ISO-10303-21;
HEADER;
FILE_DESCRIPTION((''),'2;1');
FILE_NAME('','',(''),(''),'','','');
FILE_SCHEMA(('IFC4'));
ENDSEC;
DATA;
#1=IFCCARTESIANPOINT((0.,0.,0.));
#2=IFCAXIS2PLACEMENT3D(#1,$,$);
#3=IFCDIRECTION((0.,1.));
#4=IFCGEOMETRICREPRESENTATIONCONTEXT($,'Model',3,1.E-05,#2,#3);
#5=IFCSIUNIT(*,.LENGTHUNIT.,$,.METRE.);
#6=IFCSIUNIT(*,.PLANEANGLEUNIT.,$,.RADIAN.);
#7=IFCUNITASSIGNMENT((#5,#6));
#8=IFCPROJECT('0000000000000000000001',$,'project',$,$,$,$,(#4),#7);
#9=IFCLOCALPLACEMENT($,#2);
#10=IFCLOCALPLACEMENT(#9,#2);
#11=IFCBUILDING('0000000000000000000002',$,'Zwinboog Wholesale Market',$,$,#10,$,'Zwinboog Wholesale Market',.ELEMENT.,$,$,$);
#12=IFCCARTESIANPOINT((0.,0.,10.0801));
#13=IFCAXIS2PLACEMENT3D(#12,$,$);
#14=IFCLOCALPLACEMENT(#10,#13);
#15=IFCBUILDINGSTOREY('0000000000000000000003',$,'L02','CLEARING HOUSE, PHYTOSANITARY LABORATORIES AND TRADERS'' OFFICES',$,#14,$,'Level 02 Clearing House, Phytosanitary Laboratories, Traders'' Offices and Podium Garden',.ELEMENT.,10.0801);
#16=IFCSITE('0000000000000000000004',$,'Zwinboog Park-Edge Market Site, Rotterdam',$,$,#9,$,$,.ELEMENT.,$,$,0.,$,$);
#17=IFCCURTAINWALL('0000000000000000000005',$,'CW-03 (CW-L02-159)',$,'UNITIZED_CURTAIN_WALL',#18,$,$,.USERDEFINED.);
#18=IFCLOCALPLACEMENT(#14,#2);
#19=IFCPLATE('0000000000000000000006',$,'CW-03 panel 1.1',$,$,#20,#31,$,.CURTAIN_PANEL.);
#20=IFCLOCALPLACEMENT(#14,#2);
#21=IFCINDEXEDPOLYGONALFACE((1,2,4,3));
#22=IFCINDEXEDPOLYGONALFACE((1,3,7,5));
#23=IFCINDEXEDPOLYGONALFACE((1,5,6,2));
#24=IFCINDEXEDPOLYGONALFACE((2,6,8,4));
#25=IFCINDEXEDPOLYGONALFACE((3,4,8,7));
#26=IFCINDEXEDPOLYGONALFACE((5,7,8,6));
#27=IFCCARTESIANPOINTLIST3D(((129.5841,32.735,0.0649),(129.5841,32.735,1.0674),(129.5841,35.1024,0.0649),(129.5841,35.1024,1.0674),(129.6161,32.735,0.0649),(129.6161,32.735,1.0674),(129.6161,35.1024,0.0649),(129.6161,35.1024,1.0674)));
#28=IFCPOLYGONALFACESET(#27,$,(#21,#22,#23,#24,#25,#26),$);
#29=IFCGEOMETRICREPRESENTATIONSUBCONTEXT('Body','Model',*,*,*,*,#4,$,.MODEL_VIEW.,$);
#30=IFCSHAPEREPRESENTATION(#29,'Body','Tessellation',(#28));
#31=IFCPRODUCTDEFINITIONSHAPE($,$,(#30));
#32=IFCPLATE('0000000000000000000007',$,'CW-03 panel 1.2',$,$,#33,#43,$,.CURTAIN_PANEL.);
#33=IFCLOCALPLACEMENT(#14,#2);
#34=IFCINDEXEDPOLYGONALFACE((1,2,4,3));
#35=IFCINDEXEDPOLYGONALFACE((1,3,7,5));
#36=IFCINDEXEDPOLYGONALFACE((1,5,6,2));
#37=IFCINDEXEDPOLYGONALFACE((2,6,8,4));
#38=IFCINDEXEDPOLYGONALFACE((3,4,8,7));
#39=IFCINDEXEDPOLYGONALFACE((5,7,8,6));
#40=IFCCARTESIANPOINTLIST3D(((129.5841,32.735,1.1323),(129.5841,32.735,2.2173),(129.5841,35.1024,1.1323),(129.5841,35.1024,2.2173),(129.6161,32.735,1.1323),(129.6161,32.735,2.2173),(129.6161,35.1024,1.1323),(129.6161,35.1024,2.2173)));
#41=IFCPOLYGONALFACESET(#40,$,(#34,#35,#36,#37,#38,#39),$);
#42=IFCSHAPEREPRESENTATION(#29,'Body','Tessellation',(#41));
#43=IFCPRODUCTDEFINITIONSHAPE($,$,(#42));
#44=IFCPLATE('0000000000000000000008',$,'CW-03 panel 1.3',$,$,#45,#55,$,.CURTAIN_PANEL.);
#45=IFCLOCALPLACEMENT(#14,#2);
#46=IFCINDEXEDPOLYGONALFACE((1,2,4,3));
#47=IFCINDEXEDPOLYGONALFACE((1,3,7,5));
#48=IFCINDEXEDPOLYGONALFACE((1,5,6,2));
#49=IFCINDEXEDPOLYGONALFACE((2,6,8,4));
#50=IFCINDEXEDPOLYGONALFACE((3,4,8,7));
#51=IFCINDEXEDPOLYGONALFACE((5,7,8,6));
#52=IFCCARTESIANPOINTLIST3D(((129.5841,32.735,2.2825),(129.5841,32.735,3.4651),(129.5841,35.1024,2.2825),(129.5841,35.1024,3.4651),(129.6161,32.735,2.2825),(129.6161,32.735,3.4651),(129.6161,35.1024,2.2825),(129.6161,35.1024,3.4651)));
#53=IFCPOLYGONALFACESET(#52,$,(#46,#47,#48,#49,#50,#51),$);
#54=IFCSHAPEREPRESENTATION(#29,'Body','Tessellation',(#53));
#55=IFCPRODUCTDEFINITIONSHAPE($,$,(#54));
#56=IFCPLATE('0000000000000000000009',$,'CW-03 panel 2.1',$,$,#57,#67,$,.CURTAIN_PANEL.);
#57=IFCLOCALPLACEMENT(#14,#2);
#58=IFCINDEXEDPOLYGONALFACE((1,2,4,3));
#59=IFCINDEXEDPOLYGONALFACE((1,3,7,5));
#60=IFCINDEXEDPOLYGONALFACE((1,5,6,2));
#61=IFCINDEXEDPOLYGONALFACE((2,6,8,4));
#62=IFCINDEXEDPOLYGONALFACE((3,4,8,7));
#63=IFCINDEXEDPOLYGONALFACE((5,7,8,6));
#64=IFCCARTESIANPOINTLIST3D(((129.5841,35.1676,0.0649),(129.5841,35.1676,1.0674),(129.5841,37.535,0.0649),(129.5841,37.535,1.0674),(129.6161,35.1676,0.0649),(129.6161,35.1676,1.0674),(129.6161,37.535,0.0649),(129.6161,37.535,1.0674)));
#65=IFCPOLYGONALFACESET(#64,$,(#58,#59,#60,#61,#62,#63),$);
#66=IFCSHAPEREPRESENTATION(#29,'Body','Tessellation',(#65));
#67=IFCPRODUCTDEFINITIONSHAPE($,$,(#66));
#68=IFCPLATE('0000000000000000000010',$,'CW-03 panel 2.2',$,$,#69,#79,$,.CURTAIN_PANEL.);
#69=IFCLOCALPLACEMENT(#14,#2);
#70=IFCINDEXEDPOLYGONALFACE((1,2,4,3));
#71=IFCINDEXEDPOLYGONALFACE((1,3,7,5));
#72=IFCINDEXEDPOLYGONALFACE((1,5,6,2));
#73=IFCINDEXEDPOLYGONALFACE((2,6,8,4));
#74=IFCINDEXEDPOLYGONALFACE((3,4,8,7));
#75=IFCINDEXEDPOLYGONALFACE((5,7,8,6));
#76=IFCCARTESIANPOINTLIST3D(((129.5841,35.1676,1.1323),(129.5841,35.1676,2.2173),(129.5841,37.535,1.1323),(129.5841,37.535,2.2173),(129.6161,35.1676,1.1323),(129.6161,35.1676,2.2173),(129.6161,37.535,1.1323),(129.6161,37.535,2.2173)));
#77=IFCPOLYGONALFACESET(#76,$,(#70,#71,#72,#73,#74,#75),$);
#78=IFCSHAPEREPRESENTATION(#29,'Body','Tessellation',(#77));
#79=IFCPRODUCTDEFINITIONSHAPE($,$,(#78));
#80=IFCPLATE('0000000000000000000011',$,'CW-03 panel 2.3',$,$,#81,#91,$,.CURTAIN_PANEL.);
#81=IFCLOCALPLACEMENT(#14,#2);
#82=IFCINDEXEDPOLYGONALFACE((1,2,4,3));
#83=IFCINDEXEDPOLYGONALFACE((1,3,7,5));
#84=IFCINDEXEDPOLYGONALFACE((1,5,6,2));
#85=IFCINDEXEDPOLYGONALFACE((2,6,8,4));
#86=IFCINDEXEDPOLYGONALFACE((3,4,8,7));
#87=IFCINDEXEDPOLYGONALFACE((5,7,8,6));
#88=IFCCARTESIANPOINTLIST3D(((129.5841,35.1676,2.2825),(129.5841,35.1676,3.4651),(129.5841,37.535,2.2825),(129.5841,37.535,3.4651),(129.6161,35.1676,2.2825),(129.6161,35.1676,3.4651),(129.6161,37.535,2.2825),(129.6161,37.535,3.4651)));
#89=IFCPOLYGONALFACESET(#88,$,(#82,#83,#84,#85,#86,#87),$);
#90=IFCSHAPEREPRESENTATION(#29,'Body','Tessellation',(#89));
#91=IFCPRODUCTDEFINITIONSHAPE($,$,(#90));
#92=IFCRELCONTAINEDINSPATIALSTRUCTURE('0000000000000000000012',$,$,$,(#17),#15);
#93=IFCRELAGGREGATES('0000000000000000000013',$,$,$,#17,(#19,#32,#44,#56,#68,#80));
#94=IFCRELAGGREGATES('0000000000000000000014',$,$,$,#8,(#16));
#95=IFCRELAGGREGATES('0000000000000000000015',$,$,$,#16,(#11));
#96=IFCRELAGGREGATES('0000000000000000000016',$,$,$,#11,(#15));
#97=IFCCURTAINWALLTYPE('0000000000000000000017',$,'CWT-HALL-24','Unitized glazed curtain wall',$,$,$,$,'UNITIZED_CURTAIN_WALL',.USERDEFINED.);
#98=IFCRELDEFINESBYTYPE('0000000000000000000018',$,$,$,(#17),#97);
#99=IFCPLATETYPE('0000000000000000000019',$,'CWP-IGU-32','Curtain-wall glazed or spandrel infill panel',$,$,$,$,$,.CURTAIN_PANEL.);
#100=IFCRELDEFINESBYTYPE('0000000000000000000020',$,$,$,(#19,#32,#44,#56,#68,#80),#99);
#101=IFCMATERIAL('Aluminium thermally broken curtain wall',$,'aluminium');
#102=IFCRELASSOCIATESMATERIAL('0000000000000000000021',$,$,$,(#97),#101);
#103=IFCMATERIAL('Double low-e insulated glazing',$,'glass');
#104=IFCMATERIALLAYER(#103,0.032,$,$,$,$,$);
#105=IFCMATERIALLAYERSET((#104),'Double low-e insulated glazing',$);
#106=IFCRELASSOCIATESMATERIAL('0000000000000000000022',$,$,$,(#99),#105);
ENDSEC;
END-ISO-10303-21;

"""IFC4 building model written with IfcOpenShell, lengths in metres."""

from ifc_helpers import new_model, si_unit, direction, frame, origin, origin_2d, place, context, subcontext, project, spatial, rectangle, extrude, material, layer, layer_set, type_object, element, aggregate, save


model = new_model("IFC4")

# Units and contexts
model_context = context("Model", 3, precision=1e-05, world=origin(), true_north=direction((0.0, 1.0)))
body_context = subcontext(model_context, "Body", "Model", "MODEL_VIEW")
ifc_project = project(units=[si_unit("LENGTHUNIT", "METRE"), si_unit("PLANEANGLEUNIT", "RADIAN")], contexts=[model_context])

# Site, building, storey
site_placement = place(None, origin())
site = spatial("IfcSite", under=ifc_project, at=site_placement, Name="Zwinboog Park-Edge Market Site, Rotterdam", CompositionType="ELEMENT", RefElevation=0.0)
building_placement = place(site_placement, origin())
building = spatial("IfcBuilding", under=site, at=building_placement, Name="Zwinboog Wholesale Market", LongName="Zwinboog Wholesale Market", CompositionType="ELEMENT")
storey_placement = place(building_placement, frame((0.0, 0.0, 10.0801)))
storey = spatial("IfcBuildingStorey", under=building, at=storey_placement, Name="L02", Description="CLEARING HOUSE, PHYTOSANITARY LABORATORIES AND TRADERS' OFFICES", LongName="Level 02 Clearing House, Phytosanitary Laboratories, Traders' Offices and Podium Garden", CompositionType="ELEMENT", Elevation=10.0801)

# Curtain wall
ifc_material_1 = material(Name="Aluminium thermally broken curtain wall", Category="aluminium")
curtain_wall_type_1 = type_object("IfcCurtainWallType", Name="CWT-HALL-24", Description="Unitized glazed curtain wall", ElementType="UNITIZED_CURTAIN_WALL", PredefinedType="USERDEFINED", material=ifc_material_1)
curtain_wall_1_placement = place(storey_placement, origin())
curtain_wall_1 = element("IfcCurtainWall", 1, at=curtain_wall_1_placement, inside=storey, type_object=curtain_wall_type_1, Name="CW-03 (CW-L02-159)", ObjectType="UNITIZED_CURTAIN_WALL", PredefinedType="USERDEFINED")

# Plates
ifc_material_2 = material(Name="Double low-e insulated glazing", Category="glass")
ifc_layer = layer(ifc_material_2, 0.032)
ifc_layer_set = layer_set([ifc_layer], Name="Double low-e insulated glazing")
plate_type = type_object("IfcPlateType", Name="CWP-IGU-32", Description="Curtain-wall glazed or spandrel infill panel", PredefinedType="CURTAIN_PANEL", material=ifc_layer_set)
plate_1_placement = place(storey_placement, frame((129.6001, 33.9187, 0.0649), z_axis=(0.0, 0.0, 1.0), x_axis=(0.0, 1.0, 0.0)))
plate_1 = element("IfcPlate", 2, at=plate_1_placement, type_object=plate_type, Name="CW-03 panel 1.1", PredefinedType="CURTAIN_PANEL", context=body_context, shape_type="SweptSolid", body=[
    extrude(rectangle(XDim=2.3674, YDim=0.032, at=origin_2d()), origin(), (0.0, 0.0, 1.0), 1.0024),
])
plate_2_placement = place(storey_placement, frame((129.6001, 33.9187, 1.1323), z_axis=(0.0, 0.0, 1.0), x_axis=(0.0, 1.0, 0.0)))
plate_2 = element("IfcPlate", 3, at=plate_2_placement, type_object=plate_type, Name="CW-03 panel 1.2", PredefinedType="CURTAIN_PANEL", context=body_context, shape_type="SweptSolid", body=[
    extrude(rectangle(XDim=2.3674, YDim=0.032, at=origin_2d()), origin(), (0.0, 0.0, 1.0), 1.085),
])
plate_3_placement = place(storey_placement, frame((129.6001, 33.9187, 2.2825), z_axis=(0.0, 0.0, 1.0), x_axis=(0.0, 1.0, 0.0)))
plate_3 = element("IfcPlate", 4, at=plate_3_placement, type_object=plate_type, Name="CW-03 panel 1.3", PredefinedType="CURTAIN_PANEL", context=body_context, shape_type="SweptSolid", body=[
    extrude(rectangle(XDim=2.3674, YDim=0.032, at=origin_2d()), origin(), (0.0, 0.0, 1.0), 1.1826),
])
plate_4_placement = place(storey_placement, frame((129.6001, 36.3513, 0.0649), z_axis=(0.0, 0.0, 1.0), x_axis=(0.0, 1.0, 0.0)))
plate_4 = element("IfcPlate", 5, at=plate_4_placement, type_object=plate_type, Name="CW-03 panel 2.1", PredefinedType="CURTAIN_PANEL", context=body_context, shape_type="SweptSolid", body=[
    extrude(rectangle(XDim=2.3674, YDim=0.032, at=origin_2d()), origin(), (0.0, 0.0, 1.0), 1.0024),
])
plate_5_placement = place(storey_placement, frame((129.6001, 36.3513, 1.1323), z_axis=(0.0, 0.0, 1.0), x_axis=(0.0, 1.0, 0.0)))
plate_5 = element("IfcPlate", 6, at=plate_5_placement, type_object=plate_type, Name="CW-03 panel 2.2", PredefinedType="CURTAIN_PANEL", context=body_context, shape_type="SweptSolid", body=[
    extrude(rectangle(XDim=2.3674, YDim=0.032, at=origin_2d()), origin(), (0.0, 0.0, 1.0), 1.085),
])
plate_6_placement = place(storey_placement, frame((129.6001, 36.3513, 2.2825), z_axis=(0.0, 0.0, 1.0), x_axis=(0.0, 1.0, 0.0)))
plate_6 = element("IfcPlate", 7, at=plate_6_placement, type_object=plate_type, Name="CW-03 panel 2.3", PredefinedType="CURTAIN_PANEL", context=body_context, shape_type="SweptSolid", body=[
    extrude(rectangle(XDim=2.3674, YDim=0.032, at=origin_2d()), origin(), (0.0, 0.0, 1.0), 1.1826),
])
aggregate(curtain_wall_1, [plate_1, plate_2, plate_3, plate_4, plate_5, plate_6])

save(model, "model.ifc")
